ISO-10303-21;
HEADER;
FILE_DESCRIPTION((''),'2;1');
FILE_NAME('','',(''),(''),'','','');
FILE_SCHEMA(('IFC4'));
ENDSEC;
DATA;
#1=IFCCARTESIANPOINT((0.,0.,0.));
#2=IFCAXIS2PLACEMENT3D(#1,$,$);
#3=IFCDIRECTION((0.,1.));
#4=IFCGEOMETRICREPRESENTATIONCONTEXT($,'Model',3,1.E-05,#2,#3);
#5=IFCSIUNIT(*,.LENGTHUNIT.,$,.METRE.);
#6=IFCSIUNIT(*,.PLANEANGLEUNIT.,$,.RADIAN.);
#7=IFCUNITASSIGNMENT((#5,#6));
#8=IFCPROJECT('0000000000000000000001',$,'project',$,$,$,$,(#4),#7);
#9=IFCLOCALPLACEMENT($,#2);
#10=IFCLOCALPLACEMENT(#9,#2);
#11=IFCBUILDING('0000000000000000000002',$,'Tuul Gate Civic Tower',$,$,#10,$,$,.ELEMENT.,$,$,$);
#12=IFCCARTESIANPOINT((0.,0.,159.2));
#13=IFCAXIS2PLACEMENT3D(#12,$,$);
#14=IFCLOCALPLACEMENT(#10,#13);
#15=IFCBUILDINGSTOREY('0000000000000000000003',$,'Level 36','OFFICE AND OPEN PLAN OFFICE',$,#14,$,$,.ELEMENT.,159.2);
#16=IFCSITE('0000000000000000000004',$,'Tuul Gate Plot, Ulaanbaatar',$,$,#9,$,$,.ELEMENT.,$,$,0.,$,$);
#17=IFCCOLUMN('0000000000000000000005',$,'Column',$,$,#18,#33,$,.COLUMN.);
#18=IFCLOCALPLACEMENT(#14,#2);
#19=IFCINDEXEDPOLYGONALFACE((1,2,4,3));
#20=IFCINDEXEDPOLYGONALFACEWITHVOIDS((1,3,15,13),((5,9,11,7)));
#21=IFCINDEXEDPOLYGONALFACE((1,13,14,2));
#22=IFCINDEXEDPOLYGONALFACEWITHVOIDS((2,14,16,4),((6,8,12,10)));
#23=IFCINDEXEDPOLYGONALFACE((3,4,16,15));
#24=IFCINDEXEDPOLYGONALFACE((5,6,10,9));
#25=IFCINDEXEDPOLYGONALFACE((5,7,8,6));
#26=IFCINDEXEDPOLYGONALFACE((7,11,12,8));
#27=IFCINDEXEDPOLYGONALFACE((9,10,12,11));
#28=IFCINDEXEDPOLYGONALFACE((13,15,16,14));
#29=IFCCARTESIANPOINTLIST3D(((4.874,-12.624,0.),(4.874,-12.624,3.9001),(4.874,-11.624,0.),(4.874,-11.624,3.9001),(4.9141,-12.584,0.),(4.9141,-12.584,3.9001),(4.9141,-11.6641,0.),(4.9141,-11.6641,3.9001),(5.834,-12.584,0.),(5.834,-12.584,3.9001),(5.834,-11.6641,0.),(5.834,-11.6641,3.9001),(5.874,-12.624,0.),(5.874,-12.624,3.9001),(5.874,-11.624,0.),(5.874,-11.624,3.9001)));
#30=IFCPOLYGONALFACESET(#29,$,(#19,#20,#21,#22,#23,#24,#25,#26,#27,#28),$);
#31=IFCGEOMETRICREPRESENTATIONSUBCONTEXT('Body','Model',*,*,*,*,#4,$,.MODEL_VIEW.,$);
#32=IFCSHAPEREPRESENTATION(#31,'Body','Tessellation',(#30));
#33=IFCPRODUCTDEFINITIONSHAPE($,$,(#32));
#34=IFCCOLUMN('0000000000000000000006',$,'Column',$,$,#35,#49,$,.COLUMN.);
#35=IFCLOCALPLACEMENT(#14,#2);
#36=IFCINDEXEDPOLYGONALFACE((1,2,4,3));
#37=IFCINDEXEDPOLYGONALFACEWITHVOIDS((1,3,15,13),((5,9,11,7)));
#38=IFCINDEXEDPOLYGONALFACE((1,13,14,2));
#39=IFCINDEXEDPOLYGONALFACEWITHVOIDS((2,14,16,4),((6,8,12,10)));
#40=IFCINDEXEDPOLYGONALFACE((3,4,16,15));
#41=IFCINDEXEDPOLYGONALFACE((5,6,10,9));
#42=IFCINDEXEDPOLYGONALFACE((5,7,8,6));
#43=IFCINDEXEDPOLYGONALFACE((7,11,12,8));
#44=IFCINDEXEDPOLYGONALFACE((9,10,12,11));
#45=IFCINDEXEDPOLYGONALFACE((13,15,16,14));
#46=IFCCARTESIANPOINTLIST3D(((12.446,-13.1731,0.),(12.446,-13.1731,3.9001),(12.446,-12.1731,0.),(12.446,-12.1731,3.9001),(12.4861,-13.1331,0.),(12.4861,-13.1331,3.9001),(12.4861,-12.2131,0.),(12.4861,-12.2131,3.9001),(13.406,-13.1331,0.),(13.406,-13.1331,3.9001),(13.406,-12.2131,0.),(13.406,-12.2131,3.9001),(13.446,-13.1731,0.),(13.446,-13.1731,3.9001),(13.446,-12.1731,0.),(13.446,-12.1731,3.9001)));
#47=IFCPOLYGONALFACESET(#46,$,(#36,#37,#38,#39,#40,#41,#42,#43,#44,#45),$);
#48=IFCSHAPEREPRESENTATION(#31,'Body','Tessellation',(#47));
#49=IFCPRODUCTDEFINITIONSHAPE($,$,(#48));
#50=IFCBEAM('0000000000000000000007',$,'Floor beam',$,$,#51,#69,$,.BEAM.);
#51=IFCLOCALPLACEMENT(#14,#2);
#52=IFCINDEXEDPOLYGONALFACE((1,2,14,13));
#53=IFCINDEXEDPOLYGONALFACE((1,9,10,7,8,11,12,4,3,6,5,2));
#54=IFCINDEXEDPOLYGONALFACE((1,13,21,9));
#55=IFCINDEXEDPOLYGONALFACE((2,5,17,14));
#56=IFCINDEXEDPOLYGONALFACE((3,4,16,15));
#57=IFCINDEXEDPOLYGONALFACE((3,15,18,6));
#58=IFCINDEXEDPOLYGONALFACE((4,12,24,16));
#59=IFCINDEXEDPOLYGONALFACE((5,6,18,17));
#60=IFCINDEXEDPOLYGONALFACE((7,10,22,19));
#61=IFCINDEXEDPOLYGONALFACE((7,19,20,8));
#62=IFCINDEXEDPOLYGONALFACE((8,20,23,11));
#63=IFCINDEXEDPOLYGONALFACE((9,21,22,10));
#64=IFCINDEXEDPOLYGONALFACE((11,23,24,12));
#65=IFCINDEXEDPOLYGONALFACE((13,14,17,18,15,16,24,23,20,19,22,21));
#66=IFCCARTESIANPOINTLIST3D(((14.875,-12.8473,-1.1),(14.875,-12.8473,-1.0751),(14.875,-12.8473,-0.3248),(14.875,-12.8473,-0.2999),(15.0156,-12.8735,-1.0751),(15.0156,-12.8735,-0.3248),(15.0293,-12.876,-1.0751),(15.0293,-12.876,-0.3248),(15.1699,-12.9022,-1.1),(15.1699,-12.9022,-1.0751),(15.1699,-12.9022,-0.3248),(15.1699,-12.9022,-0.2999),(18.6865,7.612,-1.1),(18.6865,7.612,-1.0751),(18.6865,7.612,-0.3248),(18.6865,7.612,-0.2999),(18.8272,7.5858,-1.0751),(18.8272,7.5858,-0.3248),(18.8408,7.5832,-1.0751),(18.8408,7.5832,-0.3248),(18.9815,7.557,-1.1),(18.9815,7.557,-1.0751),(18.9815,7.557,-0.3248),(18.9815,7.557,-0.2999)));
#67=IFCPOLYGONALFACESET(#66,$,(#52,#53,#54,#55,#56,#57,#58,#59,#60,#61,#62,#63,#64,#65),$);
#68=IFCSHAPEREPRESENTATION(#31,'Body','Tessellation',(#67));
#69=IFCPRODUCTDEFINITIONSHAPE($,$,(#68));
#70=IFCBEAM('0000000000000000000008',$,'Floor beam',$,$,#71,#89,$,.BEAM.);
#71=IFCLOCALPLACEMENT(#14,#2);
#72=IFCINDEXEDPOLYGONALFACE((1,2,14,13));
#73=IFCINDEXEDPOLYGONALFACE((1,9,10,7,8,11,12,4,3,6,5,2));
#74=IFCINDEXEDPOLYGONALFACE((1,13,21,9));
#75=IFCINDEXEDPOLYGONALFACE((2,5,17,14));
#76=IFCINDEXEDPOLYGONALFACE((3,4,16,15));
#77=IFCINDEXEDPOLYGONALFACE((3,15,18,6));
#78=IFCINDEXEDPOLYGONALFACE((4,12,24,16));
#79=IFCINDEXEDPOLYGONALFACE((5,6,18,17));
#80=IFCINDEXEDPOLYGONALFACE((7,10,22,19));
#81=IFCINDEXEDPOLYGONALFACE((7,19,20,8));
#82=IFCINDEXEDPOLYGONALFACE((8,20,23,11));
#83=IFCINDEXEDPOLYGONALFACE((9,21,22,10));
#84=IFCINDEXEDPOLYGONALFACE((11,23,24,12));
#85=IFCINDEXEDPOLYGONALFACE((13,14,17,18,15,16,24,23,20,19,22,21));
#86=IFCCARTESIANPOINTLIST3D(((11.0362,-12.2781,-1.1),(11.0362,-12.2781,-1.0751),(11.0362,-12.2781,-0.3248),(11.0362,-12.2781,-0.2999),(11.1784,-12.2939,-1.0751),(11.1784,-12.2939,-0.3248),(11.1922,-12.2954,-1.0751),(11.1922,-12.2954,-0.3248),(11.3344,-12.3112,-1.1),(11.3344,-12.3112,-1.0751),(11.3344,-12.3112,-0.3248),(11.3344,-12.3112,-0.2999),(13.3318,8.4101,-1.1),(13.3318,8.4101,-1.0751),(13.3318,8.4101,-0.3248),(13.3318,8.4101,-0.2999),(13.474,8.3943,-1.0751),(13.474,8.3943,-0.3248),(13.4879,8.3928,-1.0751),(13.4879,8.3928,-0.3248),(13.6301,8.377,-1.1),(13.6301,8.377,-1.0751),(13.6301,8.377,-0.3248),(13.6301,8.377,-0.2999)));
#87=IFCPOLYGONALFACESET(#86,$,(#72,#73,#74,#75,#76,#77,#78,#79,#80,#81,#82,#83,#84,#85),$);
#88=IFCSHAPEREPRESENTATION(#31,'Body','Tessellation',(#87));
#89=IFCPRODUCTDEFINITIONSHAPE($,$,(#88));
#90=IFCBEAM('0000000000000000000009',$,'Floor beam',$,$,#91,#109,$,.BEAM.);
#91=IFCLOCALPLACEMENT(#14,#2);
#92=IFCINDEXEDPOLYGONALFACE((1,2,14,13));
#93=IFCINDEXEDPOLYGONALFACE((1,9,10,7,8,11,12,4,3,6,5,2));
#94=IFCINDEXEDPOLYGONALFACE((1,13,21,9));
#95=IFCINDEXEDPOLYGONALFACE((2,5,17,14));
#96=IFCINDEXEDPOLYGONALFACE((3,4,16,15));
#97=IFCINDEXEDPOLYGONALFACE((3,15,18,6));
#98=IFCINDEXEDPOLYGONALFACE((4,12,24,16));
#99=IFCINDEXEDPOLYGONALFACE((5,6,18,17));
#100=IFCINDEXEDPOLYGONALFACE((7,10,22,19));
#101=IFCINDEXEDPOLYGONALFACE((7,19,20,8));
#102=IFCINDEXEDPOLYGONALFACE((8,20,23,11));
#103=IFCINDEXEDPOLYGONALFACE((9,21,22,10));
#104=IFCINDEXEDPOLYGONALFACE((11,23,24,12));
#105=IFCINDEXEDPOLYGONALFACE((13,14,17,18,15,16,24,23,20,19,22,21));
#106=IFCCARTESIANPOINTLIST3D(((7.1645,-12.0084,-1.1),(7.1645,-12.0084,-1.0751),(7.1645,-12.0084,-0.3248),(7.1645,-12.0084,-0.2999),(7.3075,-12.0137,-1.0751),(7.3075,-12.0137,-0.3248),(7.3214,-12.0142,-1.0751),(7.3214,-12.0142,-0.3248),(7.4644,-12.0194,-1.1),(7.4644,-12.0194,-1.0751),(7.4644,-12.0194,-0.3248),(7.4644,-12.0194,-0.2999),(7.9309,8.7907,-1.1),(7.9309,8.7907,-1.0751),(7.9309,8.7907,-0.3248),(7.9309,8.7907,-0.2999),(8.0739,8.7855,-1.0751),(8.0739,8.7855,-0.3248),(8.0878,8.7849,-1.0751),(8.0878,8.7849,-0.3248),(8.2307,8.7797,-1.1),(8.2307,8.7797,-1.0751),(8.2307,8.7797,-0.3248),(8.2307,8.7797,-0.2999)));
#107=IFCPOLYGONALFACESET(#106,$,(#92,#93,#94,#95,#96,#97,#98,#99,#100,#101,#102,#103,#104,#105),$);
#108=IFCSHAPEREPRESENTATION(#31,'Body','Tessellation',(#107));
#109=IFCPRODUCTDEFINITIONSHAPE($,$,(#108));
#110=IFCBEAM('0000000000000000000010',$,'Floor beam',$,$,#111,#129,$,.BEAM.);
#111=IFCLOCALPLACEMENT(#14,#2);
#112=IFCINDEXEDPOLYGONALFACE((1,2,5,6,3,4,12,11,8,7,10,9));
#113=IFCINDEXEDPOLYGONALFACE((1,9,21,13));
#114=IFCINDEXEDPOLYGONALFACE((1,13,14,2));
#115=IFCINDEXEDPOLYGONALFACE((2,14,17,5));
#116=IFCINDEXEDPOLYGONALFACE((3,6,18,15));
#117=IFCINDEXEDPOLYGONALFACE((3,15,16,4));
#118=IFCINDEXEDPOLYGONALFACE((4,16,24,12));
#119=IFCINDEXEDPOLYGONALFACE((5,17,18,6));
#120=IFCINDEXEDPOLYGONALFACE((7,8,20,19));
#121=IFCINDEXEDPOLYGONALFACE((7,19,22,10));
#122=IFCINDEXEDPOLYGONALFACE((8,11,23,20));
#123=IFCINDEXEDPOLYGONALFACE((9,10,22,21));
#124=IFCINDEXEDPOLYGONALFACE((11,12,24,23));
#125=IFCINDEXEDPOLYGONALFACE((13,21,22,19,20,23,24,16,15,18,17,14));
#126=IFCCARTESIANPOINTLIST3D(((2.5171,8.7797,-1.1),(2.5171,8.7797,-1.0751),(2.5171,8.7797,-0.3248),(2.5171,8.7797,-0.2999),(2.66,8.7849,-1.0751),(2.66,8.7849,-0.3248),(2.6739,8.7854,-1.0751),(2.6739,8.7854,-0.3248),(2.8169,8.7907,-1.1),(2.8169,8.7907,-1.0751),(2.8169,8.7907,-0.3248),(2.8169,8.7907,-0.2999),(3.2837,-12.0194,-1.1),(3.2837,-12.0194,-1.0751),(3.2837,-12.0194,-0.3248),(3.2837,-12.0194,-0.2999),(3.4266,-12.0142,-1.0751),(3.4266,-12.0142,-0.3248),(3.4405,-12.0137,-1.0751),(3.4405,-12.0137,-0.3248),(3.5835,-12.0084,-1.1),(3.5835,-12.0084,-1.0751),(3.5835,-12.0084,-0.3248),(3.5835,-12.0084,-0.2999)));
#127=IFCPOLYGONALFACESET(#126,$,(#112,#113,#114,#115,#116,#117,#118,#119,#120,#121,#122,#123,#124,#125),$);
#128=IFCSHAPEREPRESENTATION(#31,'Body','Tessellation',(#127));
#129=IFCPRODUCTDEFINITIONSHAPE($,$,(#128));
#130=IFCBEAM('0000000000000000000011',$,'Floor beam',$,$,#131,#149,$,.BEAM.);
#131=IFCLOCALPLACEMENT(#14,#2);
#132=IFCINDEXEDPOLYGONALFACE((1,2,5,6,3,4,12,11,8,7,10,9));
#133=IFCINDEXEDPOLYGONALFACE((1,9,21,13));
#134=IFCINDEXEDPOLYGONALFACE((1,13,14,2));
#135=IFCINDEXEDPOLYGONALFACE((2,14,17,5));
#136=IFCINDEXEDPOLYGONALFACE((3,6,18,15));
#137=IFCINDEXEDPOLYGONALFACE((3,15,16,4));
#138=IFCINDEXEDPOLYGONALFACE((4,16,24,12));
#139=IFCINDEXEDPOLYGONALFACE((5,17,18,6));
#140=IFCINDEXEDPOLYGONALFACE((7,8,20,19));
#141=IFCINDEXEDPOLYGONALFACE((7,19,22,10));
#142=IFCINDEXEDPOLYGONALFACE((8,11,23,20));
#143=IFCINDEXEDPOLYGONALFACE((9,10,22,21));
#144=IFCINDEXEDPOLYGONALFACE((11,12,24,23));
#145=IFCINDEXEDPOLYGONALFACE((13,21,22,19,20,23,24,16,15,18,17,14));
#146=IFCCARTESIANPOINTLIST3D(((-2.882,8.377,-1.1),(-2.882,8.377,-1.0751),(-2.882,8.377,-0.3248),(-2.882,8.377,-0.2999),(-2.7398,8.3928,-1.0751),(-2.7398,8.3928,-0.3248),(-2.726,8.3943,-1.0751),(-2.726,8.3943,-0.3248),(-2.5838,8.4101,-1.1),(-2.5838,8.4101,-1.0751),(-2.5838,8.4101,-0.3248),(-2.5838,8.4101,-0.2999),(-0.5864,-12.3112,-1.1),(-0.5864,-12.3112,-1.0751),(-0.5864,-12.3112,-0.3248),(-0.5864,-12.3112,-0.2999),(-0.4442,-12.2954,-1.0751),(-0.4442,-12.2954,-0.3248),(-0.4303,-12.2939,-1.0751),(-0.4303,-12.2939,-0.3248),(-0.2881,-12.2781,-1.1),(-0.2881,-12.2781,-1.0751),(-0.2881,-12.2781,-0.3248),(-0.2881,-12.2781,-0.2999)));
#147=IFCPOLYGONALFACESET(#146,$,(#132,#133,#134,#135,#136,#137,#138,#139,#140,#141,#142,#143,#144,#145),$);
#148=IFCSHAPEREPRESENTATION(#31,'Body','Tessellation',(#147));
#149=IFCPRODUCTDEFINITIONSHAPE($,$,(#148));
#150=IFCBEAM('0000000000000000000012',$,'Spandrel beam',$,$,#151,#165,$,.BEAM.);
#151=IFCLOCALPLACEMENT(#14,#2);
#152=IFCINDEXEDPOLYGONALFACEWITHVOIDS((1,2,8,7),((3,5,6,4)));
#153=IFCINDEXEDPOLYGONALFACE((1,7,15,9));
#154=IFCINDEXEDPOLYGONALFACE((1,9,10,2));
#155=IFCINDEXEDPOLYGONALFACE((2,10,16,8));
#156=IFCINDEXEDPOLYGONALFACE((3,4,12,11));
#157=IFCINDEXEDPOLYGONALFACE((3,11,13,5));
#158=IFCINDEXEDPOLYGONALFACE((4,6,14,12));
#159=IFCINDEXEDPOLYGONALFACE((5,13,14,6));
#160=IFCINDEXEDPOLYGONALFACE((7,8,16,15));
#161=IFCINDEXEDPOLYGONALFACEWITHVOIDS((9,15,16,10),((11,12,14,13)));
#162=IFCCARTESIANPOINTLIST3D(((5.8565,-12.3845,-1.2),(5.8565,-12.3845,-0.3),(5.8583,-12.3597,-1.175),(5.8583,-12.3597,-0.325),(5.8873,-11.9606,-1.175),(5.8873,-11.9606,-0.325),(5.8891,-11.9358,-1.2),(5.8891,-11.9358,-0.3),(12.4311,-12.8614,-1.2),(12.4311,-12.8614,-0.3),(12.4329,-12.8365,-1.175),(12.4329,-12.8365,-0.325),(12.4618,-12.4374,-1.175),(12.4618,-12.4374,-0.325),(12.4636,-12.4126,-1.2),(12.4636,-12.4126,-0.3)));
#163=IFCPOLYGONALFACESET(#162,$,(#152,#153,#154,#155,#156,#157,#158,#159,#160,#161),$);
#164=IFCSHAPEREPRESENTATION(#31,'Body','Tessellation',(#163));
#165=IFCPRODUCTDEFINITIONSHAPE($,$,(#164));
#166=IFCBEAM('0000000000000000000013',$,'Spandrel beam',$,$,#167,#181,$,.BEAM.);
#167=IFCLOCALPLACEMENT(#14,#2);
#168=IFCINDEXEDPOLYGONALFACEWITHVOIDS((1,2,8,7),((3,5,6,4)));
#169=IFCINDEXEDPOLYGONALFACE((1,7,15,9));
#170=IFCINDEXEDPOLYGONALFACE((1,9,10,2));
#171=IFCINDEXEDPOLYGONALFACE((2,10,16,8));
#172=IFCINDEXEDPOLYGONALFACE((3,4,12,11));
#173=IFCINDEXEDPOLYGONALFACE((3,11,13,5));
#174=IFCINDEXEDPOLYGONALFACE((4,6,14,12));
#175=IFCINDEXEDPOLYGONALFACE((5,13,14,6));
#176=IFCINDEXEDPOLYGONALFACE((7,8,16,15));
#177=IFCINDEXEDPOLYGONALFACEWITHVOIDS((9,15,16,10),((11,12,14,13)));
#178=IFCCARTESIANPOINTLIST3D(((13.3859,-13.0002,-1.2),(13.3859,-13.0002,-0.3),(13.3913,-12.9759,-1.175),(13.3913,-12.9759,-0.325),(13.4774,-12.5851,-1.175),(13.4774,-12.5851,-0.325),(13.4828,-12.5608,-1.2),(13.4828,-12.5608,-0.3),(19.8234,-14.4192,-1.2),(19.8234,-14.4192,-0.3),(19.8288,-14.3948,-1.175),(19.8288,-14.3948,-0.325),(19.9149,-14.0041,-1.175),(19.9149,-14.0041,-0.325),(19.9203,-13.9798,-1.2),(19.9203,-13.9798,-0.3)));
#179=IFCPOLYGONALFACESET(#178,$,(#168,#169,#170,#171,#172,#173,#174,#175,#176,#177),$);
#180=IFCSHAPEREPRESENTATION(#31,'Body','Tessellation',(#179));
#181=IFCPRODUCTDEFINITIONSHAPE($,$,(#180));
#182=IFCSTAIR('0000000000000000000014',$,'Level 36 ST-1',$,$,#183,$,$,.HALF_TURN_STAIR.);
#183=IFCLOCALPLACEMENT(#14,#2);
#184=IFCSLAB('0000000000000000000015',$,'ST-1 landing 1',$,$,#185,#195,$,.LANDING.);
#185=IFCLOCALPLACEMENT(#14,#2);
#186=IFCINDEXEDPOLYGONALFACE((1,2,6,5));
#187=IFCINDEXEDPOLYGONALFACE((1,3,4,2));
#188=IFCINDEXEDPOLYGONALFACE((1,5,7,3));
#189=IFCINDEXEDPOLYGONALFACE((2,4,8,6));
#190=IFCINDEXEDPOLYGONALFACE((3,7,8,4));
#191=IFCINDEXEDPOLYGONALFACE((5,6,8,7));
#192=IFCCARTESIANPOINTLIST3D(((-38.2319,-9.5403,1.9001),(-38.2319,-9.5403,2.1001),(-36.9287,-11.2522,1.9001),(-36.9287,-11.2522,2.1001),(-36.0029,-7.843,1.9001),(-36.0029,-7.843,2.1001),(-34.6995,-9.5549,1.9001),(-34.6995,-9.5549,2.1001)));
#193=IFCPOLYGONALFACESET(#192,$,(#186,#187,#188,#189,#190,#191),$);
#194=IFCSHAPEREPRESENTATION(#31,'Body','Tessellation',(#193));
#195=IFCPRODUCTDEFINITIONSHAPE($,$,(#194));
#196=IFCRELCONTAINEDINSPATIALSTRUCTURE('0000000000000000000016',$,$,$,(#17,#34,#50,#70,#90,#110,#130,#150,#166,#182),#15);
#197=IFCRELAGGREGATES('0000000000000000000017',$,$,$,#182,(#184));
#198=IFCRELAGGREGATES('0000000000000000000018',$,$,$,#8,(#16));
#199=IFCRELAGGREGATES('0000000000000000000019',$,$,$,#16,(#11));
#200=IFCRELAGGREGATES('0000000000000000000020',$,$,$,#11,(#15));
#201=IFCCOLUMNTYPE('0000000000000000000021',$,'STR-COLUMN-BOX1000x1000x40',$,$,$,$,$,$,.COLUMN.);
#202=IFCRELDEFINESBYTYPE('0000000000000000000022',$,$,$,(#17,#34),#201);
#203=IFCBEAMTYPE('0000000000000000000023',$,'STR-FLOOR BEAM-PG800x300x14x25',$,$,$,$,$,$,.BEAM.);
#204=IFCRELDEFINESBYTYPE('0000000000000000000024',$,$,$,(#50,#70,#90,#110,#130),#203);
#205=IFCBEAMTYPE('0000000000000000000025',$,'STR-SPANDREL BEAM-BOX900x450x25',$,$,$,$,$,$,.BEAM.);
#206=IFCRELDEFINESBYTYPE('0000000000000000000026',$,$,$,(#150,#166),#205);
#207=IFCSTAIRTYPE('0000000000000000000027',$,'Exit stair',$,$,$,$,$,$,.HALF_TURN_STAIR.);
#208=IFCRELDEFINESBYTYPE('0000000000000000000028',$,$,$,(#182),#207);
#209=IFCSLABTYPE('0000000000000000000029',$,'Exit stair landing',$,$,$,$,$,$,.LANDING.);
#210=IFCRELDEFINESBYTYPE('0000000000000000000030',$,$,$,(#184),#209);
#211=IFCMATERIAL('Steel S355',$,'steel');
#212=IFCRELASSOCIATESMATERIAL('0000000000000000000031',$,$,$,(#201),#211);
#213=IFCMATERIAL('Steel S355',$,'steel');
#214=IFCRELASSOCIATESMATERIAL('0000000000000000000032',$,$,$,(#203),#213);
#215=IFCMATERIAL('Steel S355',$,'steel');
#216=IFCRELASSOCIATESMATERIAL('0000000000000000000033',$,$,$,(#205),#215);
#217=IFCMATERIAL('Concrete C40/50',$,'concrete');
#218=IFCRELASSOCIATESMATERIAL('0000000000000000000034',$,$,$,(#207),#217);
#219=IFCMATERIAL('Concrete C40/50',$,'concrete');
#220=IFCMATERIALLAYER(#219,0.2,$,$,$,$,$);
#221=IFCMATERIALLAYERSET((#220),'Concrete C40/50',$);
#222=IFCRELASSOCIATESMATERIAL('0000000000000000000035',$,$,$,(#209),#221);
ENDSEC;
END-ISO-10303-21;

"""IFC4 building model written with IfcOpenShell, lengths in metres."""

from ifc_helpers import new_model, si_unit, direction, frame, origin, origin_2d, place, context, subcontext, project, spatial, polyline, hollow_rectangle, i_section, outline, extrude, material, layer, layer_set, material_profile, profile_set, type_object, element, aggregate, save


model = new_model("IFC4")

# Units and contexts
model_context = context("Model", 3, precision=1e-05, world=origin(), true_north=direction((0.0, 1.0)))
body_context = subcontext(model_context, "Body", "Model", "MODEL_VIEW")
ifc_project = project(units=[si_unit("LENGTHUNIT", "METRE"), si_unit("PLANEANGLEUNIT", "RADIAN")], contexts=[model_context])

# Site, building, storey
site_placement = place(None, origin())
site = spatial("IfcSite", under=ifc_project, at=site_placement, Name="Tuul Gate Plot, Ulaanbaatar", CompositionType="ELEMENT", RefElevation=0.0)
building_placement = place(site_placement, origin())
building = spatial("IfcBuilding", under=site, at=building_placement, Name="Tuul Gate Civic Tower", CompositionType="ELEMENT")
storey_placement = place(building_placement, frame((0.0, 0.0, 159.2)))
storey = spatial("IfcBuildingStorey", under=building, at=storey_placement, Name="Level 36", Description="OFFICE AND OPEN PLAN OFFICE", CompositionType="ELEMENT", Elevation=159.2)

# Columns
ifc_material_1 = material(Name="Steel S355", Category="steel")
ifc_material_profile_1 = material_profile(ifc_material_1, hollow_rectangle(XDim=1.0, YDim=1.0, WallThickness=0.04, at=origin_2d()), Name="BOX1000x1000x40")
ifc_profile_set_1 = profile_set([ifc_material_profile_1], Name="Steel S355")
column_type = type_object("IfcColumnType", Name="STR-COLUMN-BOX1000x1000x40", PredefinedType="COLUMN", material=ifc_profile_set_1)
for number, where, z_axis, x_axis, name in (
    (1, (5.374, -12.124, 0.0), (0.0, 0.0, 1.0), (1.0, 0.0, 0.0), "Column"),
    (2, (12.946, -12.6731, 0.0), (0.0, 0.0, 1.0), (1.0, 0.0, 0.0), "Column"),
):
    element("IfcColumn", number, at=place(storey_placement, frame(where, z_axis=z_axis, x_axis=x_axis)), inside=storey, type_object=column_type, Name=name, PredefinedType="COLUMN", context=body_context, shape_type="SweptSolid", body=[
        extrude(hollow_rectangle(XDim=1.0, YDim=1.0, WallThickness=0.04, at=origin_2d()), origin(), (0.0, 0.0, 1.0), 3.9001),
    ])

# Beams
ifc_material_2 = material(Name="Steel S355", Category="steel")
ifc_material_profile_2 = material_profile(ifc_material_2, i_section(OverallWidth=0.3, OverallDepth=0.8, WebThickness=0.0139, FlangeThickness=0.0249, at=origin_2d()), Name="PG800x300x14x25")
ifc_profile_set_2 = profile_set([ifc_material_profile_2], Name="Steel S355")
beam_type_1 = type_object("IfcBeamType", Name="STR-FLOOR BEAM-PG800x300x14x25", PredefinedType="BEAM", material=ifc_profile_set_2)
beam_1_placement = place(storey_placement, frame((15.0225, -12.8748, -0.7), z_axis=(0.183147, 0.983085, 0.0), x_axis=(-0.983085, 0.183147, 0.0)))
element("IfcBeam", 3, at=beam_1_placement, inside=storey, type_object=beam_type_1, Name="Floor beam", PredefinedType="BEAM", context=body_context, shape_type="SweptSolid", body=[
    extrude(i_section(OverallWidth=0.3, OverallDepth=0.8, WebThickness=0.0139, FlangeThickness=0.0249, at=origin_2d()), origin(), (0.0, 0.0, 1.0), 20.8113),
])
beam_2_placement = place(storey_placement, frame((11.1853, -12.2947, -0.7), z_axis=(0.110287, 0.9939, 0.0), x_axis=(-0.9939, 0.110287, 0.0)))
element("IfcBeam", 4, at=beam_2_placement, inside=storey, type_object=beam_type_1, Name="Floor beam", PredefinedType="BEAM", context=body_context, shape_type="SweptSolid", body=[
    extrude(i_section(OverallWidth=0.3, OverallDepth=0.8, WebThickness=0.0139, FlangeThickness=0.0249, at=origin_2d()), origin(), (0.0, 0.0, 1.0), 20.8152),
])
for number, where, z_axis, x_axis, name in (
    (5, (7.3145, -12.0139, -0.7), (0.036821, 0.999322, 0.0), (-0.999322, 0.036821, 0.0), "Floor beam"),
    (6, (3.4336, -12.0139, -0.7), (-0.036832, 0.999321, 0.0), (-0.999321, -0.036832, 0.0), "Floor beam"),
):
    element("IfcBeam", number, at=place(storey_placement, frame(where, z_axis=z_axis, x_axis=x_axis)), inside=storey, type_object=beam_type_1, Name=name, PredefinedType="BEAM", context=body_context, shape_type="SweptSolid", body=[
        extrude(i_section(OverallWidth=0.3, OverallDepth=0.8, WebThickness=0.0139, FlangeThickness=0.0249, at=origin_2d()), origin(), (0.0, 0.0, 1.0), 20.8132),
    ])
beam_3_placement = place(storey_placement, frame((-0.4373, -12.2947, -0.7), z_axis=(-0.110287, 0.9939, 0.0), x_axis=(-0.9939, -0.110287, 0.0)))
element("IfcBeam", 7, at=beam_3_placement, inside=storey, type_object=beam_type_1, Name="Floor beam", PredefinedType="BEAM", context=body_context, shape_type="SweptSolid", body=[
    extrude(i_section(OverallWidth=0.3, OverallDepth=0.8, WebThickness=0.0139, FlangeThickness=0.0249, at=origin_2d()), origin(), (0.0, 0.0, 1.0), 20.8152),
])
ifc_material_3 = material(Name="Steel S355", Category="steel")
ifc_material_profile_3 = material_profile(ifc_material_3, hollow_rectangle(XDim=0.45, YDim=0.8999, WallThickness=0.0249, at=origin_2d()), Name="BOX900x450x25")
ifc_profile_set_3 = profile_set([ifc_material_profile_3], Name="Steel S355")
beam_type_2 = type_object("IfcBeamType", Name="STR-SPANDREL BEAM-BOX900x450x25", PredefinedType="BEAM", material=ifc_profile_set_3)
beam_4_placement = place(storey_placement, frame((5.8728, -12.1602, -0.75), z_axis=(0.99738, -0.072334, 0.0), x_axis=(0.072334, 0.99738, 0.0)))
element("IfcBeam", 8, at=beam_4_placement, inside=storey, type_object=beam_type_2, Name="Spandrel beam", PredefinedType="BEAM", context=body_context, shape_type="SweptSolid", body=[
    extrude(hollow_rectangle(XDim=0.45, YDim=0.8999, WallThickness=0.0249, at=origin_2d()), origin(), (0.0, 0.0, 1.0), 6.5918),
])
beam_5_placement = place(storey_placement, frame((13.4343, -12.7805, -0.75), z_axis=(0.976559, -0.215252, 0.0), x_axis=(0.215252, 0.976559, 0.0)))
element("IfcBeam", 9, at=beam_5_placement, inside=storey, type_object=beam_type_2, Name="Spandrel beam", PredefinedType="BEAM", context=body_context, shape_type="SweptSolid", body=[
    extrude(hollow_rectangle(XDim=0.45, YDim=0.8999, WallThickness=0.0249, at=origin_2d()), origin(), (0.0, 0.0, 1.0), 6.592),
])

# Stair, slab
ifc_material_4 = material(Name="Concrete C40/50", Category="concrete")
stair_type = type_object("IfcStairType", Name="Exit stair", PredefinedType="HALF_TURN_STAIR", material=ifc_material_4)
stair_1_placement = place(storey_placement, origin())
stair_1 = element("IfcStair", 10, at=stair_1_placement, inside=storey, type_object=stair_type, Name="Level 36 ST-1", PredefinedType="HALF_TURN_STAIR")
ifc_material_5 = material(Name="Concrete C40/50", Category="concrete")
ifc_layer_1 = layer(ifc_material_5, 0.2)
ifc_layer_set_1 = layer_set([ifc_layer_1], Name="Concrete C40/50")
slab_type = type_object("IfcSlabType", Name="Exit stair landing", PredefinedType="LANDING", material=ifc_layer_set_1)
slab_1_placement = place(storey_placement, frame((0.0, 0.0, 1.9001)))
slab_1 = element("IfcSlab", 11, at=slab_1_placement, type_object=slab_type, Name="ST-1 landing 1", PredefinedType="LANDING", context=body_context, shape_type="SweptSolid", body=[
    extrude(outline(polyline([(-34.6995, -9.5549), (-36.9287, -11.2522), (-38.2319, -9.5403), (-36.0029, -7.843), (-34.6995, -9.5549)])), origin(), (0.0, 0.0, 1.0), 0.2),
])
aggregate(stair_1, [slab_1])

save(model, "model.ifc")
